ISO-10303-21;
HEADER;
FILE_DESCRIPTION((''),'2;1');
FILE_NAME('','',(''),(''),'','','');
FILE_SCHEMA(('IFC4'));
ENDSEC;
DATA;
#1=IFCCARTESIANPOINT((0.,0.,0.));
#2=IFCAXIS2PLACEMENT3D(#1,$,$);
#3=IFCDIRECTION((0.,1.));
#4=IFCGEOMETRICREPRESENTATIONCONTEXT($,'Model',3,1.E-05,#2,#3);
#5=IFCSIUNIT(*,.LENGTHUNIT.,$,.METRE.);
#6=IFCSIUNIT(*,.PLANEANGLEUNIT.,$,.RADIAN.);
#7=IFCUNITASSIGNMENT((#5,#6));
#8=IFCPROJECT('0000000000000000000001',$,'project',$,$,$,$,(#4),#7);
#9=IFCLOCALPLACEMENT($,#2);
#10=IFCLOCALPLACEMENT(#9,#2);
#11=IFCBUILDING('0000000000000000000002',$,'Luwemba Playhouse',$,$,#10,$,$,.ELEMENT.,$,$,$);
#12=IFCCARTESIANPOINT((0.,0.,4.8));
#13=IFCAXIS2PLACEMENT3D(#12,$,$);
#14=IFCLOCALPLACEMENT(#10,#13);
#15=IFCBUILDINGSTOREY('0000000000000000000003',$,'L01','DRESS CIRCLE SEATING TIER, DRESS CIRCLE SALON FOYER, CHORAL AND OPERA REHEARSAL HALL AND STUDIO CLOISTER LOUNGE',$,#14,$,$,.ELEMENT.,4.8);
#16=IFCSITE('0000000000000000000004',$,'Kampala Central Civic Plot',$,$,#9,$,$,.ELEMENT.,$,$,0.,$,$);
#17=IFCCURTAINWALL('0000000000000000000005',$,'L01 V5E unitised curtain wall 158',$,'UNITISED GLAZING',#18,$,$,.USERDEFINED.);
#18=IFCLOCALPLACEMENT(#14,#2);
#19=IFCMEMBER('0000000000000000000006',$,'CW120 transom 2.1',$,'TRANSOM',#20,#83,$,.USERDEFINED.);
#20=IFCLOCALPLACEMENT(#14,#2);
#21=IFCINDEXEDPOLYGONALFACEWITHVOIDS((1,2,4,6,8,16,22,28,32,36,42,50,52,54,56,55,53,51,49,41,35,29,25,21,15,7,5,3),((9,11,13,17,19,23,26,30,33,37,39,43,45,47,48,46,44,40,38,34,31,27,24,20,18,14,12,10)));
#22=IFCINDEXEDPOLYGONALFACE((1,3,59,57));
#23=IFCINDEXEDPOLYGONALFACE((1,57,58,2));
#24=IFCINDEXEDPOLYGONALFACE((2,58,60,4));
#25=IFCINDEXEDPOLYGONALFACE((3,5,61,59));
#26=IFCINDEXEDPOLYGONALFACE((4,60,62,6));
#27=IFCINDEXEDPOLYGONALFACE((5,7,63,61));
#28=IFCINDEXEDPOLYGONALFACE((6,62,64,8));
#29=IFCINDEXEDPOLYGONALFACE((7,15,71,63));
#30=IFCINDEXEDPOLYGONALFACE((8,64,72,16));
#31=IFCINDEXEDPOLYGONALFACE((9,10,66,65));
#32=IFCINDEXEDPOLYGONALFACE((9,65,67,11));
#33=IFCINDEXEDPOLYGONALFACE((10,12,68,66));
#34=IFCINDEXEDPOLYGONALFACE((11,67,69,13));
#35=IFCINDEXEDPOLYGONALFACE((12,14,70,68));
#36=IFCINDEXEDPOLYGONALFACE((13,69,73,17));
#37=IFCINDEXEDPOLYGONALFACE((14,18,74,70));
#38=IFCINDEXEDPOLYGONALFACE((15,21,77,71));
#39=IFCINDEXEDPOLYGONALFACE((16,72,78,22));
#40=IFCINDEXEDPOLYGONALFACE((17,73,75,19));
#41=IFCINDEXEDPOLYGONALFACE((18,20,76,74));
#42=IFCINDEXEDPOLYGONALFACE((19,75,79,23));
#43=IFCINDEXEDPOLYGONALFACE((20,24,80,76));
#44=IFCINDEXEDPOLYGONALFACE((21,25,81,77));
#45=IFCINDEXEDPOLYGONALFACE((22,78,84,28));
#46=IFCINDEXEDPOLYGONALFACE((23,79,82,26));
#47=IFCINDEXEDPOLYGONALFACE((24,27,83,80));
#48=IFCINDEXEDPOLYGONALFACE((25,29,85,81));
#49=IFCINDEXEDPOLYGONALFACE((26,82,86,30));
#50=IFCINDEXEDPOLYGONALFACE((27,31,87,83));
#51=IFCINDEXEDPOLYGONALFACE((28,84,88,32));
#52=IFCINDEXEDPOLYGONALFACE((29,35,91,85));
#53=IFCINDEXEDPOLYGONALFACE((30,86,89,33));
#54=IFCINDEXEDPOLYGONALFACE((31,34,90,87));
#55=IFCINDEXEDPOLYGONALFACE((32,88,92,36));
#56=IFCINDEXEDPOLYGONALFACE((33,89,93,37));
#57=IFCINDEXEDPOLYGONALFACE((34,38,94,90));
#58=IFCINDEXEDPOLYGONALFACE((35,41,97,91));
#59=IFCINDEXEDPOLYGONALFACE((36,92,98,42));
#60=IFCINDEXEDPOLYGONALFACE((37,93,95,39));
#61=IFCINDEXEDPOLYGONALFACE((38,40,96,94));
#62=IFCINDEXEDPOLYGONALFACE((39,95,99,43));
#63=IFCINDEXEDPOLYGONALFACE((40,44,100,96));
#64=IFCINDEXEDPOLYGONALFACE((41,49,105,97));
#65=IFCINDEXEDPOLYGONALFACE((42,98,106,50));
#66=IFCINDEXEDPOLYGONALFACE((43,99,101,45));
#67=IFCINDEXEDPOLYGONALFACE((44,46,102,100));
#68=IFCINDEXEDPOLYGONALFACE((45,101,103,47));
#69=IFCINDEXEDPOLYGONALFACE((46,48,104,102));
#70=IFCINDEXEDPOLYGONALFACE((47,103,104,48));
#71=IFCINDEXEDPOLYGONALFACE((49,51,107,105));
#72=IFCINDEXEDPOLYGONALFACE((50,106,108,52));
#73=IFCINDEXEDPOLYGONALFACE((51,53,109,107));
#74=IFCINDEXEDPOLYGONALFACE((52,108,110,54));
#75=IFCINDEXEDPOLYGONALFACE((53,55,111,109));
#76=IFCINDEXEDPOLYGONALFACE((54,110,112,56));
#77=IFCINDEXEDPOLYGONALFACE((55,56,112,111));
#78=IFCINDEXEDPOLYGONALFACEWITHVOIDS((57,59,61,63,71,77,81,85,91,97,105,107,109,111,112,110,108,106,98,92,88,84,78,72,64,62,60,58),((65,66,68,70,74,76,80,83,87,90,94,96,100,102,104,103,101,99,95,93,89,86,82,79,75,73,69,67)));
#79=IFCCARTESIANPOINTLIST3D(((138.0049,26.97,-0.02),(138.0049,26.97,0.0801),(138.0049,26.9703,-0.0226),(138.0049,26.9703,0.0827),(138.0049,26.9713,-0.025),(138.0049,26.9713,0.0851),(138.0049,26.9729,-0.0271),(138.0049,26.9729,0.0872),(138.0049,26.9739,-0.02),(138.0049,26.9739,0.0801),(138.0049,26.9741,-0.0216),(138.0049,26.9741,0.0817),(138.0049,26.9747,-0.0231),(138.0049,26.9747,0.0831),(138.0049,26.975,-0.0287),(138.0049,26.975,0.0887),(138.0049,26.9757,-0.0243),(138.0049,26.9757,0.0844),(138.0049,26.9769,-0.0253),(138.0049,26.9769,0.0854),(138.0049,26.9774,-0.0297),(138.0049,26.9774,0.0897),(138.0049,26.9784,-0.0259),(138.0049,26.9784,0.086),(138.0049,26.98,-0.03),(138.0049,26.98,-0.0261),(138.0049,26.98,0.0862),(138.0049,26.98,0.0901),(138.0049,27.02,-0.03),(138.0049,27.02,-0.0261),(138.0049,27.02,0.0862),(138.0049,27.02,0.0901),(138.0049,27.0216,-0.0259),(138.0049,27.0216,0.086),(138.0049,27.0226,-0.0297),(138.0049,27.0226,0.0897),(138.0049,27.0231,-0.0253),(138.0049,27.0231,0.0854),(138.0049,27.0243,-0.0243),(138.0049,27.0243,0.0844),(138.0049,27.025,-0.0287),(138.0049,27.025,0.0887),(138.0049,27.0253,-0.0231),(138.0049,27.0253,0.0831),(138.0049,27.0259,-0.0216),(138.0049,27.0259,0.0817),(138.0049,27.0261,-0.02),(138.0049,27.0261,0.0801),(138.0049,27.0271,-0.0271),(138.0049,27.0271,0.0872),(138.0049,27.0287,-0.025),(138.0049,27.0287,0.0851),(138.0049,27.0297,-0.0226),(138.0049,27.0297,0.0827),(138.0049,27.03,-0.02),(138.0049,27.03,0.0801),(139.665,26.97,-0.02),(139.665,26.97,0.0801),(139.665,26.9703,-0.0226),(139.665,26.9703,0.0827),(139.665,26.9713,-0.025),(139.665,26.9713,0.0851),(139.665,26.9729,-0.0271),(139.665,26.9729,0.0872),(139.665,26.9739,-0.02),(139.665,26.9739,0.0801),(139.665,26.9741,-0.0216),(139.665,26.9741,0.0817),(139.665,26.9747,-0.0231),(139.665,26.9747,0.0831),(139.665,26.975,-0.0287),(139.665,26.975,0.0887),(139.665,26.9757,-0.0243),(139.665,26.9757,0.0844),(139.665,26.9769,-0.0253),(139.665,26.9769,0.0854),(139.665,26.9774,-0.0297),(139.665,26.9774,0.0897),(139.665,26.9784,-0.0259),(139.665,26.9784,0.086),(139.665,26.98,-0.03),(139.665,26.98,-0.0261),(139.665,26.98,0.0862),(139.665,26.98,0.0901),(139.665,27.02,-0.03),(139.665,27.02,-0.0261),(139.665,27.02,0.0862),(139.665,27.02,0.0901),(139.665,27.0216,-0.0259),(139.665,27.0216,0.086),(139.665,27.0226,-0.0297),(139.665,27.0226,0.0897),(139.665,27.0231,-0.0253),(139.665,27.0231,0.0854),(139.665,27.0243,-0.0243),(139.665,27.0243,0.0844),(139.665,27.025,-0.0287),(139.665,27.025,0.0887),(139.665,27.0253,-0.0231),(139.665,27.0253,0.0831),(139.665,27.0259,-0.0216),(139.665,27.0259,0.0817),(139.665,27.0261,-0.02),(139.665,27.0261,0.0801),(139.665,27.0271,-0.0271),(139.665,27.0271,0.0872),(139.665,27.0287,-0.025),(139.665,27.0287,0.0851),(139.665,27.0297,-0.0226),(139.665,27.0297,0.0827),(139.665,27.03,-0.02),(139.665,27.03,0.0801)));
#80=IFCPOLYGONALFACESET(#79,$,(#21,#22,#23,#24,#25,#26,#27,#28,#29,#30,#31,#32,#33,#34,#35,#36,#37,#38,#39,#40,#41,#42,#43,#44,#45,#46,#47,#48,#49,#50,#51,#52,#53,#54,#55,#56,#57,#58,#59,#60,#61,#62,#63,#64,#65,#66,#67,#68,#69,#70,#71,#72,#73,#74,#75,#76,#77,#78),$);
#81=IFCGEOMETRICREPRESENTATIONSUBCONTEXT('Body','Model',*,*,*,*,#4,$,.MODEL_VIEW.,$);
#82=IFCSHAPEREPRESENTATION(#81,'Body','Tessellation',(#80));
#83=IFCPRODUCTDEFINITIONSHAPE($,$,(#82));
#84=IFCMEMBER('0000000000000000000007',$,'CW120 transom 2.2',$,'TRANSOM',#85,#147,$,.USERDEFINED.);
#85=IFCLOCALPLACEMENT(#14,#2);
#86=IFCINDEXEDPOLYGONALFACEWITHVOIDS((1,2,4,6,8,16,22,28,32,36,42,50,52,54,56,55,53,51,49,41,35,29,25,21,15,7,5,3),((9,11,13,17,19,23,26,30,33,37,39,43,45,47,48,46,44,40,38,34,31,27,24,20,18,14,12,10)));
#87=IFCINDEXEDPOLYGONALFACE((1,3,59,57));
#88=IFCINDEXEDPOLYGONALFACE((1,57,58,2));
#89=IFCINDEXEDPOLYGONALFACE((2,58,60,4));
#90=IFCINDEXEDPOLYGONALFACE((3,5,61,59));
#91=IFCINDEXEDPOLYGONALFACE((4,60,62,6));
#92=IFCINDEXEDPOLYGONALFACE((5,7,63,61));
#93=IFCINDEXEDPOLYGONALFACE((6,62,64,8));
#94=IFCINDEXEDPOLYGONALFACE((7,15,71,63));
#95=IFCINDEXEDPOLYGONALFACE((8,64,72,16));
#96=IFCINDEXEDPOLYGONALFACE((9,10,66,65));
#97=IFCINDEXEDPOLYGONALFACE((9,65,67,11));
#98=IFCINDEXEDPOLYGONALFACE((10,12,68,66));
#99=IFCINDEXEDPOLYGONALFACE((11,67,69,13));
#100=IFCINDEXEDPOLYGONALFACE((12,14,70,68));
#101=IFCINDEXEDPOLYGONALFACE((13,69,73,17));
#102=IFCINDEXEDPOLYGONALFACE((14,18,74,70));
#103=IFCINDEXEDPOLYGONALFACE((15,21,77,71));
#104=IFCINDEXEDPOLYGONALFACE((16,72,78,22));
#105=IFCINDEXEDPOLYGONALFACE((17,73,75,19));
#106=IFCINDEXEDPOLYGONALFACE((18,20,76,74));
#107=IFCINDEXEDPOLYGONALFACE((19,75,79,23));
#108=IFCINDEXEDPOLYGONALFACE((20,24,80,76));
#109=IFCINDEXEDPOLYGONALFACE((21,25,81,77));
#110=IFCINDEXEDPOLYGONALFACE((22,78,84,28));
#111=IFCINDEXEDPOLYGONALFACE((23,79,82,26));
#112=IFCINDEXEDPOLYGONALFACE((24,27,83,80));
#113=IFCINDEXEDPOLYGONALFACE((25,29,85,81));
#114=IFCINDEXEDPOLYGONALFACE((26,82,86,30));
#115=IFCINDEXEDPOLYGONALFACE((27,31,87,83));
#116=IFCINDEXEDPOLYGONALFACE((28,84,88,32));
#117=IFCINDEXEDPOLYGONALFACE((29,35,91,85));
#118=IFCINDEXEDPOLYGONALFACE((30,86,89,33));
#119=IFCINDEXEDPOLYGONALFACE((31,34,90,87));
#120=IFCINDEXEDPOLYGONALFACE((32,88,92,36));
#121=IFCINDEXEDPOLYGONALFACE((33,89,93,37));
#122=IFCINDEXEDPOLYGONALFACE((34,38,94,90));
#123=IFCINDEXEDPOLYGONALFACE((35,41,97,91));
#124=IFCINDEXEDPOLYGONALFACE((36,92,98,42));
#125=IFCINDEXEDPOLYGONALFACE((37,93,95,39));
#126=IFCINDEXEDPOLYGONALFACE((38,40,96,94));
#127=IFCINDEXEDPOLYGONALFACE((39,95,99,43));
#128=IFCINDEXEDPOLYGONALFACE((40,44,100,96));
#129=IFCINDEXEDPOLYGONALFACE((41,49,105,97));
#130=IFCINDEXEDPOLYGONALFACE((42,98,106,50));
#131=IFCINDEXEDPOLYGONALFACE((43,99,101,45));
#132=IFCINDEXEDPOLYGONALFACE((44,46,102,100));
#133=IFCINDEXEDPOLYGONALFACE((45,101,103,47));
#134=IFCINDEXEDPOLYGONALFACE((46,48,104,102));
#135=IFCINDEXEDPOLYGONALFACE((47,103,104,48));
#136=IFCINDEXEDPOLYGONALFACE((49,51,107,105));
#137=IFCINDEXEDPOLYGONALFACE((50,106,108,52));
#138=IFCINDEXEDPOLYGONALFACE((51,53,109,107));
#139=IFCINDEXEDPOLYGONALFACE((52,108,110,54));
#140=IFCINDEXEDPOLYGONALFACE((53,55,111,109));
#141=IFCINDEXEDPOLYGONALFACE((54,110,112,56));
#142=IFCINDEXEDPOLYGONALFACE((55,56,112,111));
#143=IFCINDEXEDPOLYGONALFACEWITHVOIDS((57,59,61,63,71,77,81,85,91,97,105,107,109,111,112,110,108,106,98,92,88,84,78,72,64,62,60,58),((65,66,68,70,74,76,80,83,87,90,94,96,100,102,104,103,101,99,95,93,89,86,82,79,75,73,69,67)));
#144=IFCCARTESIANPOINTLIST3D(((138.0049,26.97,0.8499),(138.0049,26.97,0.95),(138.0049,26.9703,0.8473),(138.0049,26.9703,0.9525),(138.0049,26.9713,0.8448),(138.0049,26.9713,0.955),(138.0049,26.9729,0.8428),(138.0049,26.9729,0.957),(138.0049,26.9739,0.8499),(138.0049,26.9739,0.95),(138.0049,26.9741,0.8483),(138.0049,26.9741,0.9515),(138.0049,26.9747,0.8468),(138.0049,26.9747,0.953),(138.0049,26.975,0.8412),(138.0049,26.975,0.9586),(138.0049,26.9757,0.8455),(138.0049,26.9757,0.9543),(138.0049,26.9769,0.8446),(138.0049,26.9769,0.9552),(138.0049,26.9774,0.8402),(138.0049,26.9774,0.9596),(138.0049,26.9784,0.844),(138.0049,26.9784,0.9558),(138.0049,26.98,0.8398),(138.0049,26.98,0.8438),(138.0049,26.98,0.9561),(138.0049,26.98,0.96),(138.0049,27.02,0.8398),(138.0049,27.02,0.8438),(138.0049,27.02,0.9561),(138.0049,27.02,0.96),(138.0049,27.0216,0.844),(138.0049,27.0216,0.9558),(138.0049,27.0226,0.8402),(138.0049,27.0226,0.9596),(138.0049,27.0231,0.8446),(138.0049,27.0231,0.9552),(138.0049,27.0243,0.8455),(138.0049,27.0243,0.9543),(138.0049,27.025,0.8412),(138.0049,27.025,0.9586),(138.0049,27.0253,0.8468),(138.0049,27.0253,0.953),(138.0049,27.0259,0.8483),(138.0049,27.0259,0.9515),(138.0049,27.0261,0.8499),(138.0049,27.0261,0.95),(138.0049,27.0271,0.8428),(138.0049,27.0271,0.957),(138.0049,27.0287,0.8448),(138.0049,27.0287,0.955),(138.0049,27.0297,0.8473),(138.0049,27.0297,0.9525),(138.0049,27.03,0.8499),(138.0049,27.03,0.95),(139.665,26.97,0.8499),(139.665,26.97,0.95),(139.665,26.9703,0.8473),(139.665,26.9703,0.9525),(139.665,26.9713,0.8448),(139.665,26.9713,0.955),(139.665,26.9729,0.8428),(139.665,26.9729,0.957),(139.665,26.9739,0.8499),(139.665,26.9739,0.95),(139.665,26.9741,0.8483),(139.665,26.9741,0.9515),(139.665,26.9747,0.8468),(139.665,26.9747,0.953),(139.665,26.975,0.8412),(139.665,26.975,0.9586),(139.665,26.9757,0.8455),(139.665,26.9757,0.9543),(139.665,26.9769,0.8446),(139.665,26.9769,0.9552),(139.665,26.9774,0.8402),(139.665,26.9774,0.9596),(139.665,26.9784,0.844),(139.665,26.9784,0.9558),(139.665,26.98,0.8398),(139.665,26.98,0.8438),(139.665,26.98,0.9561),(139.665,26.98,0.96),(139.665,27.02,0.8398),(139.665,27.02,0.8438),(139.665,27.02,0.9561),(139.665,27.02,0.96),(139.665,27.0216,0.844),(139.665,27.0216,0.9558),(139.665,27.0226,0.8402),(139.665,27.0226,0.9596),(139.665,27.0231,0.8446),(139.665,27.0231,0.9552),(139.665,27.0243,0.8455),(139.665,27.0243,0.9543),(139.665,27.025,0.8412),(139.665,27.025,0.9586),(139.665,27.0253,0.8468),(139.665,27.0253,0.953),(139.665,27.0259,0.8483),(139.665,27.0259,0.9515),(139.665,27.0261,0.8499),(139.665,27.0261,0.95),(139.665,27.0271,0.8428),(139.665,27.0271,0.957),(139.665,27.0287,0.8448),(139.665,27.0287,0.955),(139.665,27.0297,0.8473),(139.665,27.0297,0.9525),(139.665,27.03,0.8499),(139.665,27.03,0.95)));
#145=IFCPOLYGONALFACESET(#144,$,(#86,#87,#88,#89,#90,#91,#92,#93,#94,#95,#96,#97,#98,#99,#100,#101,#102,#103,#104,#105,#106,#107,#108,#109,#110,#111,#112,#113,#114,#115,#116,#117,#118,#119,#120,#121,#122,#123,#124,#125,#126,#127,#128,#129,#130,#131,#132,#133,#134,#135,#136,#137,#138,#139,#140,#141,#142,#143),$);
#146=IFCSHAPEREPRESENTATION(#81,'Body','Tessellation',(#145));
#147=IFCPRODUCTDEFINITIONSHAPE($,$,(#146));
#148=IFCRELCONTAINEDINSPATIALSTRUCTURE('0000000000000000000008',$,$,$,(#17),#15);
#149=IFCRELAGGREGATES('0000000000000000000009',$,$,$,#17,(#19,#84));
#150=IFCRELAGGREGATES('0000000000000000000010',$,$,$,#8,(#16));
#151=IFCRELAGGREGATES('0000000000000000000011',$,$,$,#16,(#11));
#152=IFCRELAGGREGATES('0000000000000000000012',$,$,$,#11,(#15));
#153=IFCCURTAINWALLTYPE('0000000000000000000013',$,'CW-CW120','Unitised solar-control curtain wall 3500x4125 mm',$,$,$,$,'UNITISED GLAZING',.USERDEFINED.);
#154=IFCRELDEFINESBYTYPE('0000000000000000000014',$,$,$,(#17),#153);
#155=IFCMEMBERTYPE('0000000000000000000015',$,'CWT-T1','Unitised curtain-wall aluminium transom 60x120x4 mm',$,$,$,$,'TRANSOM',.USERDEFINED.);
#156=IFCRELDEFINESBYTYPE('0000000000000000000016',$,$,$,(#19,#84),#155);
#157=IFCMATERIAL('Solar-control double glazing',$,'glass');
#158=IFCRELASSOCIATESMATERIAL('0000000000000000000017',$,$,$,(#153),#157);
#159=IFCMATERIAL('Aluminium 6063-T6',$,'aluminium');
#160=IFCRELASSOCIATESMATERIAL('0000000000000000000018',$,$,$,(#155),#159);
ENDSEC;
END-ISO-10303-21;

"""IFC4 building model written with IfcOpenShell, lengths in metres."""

from ifc_helpers import new_model, si_unit, direction, frame, origin, origin_2d, place, context, subcontext, project, spatial, hollow_rectangle, extrude, material, material_profile, profile_set, type_object, element, aggregate, save


model = new_model("IFC4")

# Units and contexts
model_context = context("Model", 3, precision=1e-05, world=origin(), true_north=direction((0.0, 1.0)))
body_context = subcontext(model_context, "Body", "Model", "MODEL_VIEW")
ifc_project = project(units=[si_unit("LENGTHUNIT", "METRE"), si_unit("PLANEANGLEUNIT", "RADIAN")], contexts=[model_context])

# Site, building, storey
site_placement = place(None, origin())
site = spatial("IfcSite", under=ifc_project, at=site_placement, Name="Kampala Central Civic Plot", CompositionType="ELEMENT", RefElevation=0.0)
building_placement = place(site_placement, origin())
building = spatial("IfcBuilding", under=site, at=building_placement, Name="Luwemba Playhouse", CompositionType="ELEMENT")
storey_placement = place(building_placement, frame((0.0, 0.0, 4.8)))
storey = spatial("IfcBuildingStorey", under=building, at=storey_placement, Name="L01", Description="DRESS CIRCLE SEATING TIER, DRESS CIRCLE SALON FOYER, CHORAL AND OPERA REHEARSAL HALL AND STUDIO CLOISTER LOUNGE", CompositionType="ELEMENT", Elevation=4.8)

# Curtain wall
ifc_material_1 = material(Name="Solar-control double glazing", Category="glass")
curtain_wall_type_1 = type_object("IfcCurtainWallType", Name="CW-CW120", Description="Unitised solar-control curtain wall 3500x4125 mm", ElementType="UNITISED GLAZING", PredefinedType="USERDEFINED", material=ifc_material_1)
curtain_wall_1_placement = place(storey_placement, origin())
curtain_wall_1 = element("IfcCurtainWall", 1, at=curtain_wall_1_placement, inside=storey, type_object=curtain_wall_type_1, Name="L01 V5E unitised curtain wall 158", ObjectType="UNITISED GLAZING", PredefinedType="USERDEFINED")
ifc_material_2 = material(Name="Aluminium 6063-T6", Category="aluminium")

# Members
ifc_material_profile_1 = material_profile(ifc_material_2, hollow_rectangle(XDim=0.0601, YDim=0.1201, WallThickness=0.0039, InnerFilletRadius=0.0061, OuterFilletRadius=0.01, at=origin_2d()))
ifc_profile_set_1 = profile_set([ifc_material_profile_1], Name="Aluminium 6063-T6")
member_type_1 = type_object("IfcMemberType", Name="CWT-T1", Description="Unitised curtain-wall aluminium transom 60x120x4 mm", ElementType="TRANSOM", PredefinedType="USERDEFINED", material=ifc_profile_set_1)
member_1_placement = place(storey_placement, frame((138.0049, 27.0, 0.03), z_axis=(1.0, 0.0, 0.0), x_axis=(0.0, 1.0, 0.0)))
member_1 = element("IfcMember", 2, at=member_1_placement, type_object=member_type_1, Name="CW120 transom 2.1", ObjectType="TRANSOM", PredefinedType="USERDEFINED", context=body_context, shape_type="SweptSolid", body=[
    extrude(hollow_rectangle(XDim=0.0601, YDim=0.1201, WallThickness=0.0039, InnerFilletRadius=0.0061, OuterFilletRadius=0.01, at=origin_2d()), origin(), (0.0, 0.0, 1.0), 1.6602),
])
member_2_placement = place(storey_placement, frame((138.0049, 27.0, 0.8999), z_axis=(1.0, 0.0, 0.0), x_axis=(0.0, 1.0, 0.0)))
member_2 = element("IfcMember", 3, at=member_2_placement, type_object=member_type_1, Name="CW120 transom 2.2", ObjectType="TRANSOM", PredefinedType="USERDEFINED", context=body_context, shape_type="SweptSolid", body=[
    extrude(hollow_rectangle(XDim=0.0601, YDim=0.1201, WallThickness=0.0039, InnerFilletRadius=0.0061, OuterFilletRadius=0.01, at=origin_2d()), origin(), (0.0, 0.0, 1.0), 1.6602),
])

aggregate(curtain_wall_1, [member_1, member_2])

save(model, "model.ifc")
